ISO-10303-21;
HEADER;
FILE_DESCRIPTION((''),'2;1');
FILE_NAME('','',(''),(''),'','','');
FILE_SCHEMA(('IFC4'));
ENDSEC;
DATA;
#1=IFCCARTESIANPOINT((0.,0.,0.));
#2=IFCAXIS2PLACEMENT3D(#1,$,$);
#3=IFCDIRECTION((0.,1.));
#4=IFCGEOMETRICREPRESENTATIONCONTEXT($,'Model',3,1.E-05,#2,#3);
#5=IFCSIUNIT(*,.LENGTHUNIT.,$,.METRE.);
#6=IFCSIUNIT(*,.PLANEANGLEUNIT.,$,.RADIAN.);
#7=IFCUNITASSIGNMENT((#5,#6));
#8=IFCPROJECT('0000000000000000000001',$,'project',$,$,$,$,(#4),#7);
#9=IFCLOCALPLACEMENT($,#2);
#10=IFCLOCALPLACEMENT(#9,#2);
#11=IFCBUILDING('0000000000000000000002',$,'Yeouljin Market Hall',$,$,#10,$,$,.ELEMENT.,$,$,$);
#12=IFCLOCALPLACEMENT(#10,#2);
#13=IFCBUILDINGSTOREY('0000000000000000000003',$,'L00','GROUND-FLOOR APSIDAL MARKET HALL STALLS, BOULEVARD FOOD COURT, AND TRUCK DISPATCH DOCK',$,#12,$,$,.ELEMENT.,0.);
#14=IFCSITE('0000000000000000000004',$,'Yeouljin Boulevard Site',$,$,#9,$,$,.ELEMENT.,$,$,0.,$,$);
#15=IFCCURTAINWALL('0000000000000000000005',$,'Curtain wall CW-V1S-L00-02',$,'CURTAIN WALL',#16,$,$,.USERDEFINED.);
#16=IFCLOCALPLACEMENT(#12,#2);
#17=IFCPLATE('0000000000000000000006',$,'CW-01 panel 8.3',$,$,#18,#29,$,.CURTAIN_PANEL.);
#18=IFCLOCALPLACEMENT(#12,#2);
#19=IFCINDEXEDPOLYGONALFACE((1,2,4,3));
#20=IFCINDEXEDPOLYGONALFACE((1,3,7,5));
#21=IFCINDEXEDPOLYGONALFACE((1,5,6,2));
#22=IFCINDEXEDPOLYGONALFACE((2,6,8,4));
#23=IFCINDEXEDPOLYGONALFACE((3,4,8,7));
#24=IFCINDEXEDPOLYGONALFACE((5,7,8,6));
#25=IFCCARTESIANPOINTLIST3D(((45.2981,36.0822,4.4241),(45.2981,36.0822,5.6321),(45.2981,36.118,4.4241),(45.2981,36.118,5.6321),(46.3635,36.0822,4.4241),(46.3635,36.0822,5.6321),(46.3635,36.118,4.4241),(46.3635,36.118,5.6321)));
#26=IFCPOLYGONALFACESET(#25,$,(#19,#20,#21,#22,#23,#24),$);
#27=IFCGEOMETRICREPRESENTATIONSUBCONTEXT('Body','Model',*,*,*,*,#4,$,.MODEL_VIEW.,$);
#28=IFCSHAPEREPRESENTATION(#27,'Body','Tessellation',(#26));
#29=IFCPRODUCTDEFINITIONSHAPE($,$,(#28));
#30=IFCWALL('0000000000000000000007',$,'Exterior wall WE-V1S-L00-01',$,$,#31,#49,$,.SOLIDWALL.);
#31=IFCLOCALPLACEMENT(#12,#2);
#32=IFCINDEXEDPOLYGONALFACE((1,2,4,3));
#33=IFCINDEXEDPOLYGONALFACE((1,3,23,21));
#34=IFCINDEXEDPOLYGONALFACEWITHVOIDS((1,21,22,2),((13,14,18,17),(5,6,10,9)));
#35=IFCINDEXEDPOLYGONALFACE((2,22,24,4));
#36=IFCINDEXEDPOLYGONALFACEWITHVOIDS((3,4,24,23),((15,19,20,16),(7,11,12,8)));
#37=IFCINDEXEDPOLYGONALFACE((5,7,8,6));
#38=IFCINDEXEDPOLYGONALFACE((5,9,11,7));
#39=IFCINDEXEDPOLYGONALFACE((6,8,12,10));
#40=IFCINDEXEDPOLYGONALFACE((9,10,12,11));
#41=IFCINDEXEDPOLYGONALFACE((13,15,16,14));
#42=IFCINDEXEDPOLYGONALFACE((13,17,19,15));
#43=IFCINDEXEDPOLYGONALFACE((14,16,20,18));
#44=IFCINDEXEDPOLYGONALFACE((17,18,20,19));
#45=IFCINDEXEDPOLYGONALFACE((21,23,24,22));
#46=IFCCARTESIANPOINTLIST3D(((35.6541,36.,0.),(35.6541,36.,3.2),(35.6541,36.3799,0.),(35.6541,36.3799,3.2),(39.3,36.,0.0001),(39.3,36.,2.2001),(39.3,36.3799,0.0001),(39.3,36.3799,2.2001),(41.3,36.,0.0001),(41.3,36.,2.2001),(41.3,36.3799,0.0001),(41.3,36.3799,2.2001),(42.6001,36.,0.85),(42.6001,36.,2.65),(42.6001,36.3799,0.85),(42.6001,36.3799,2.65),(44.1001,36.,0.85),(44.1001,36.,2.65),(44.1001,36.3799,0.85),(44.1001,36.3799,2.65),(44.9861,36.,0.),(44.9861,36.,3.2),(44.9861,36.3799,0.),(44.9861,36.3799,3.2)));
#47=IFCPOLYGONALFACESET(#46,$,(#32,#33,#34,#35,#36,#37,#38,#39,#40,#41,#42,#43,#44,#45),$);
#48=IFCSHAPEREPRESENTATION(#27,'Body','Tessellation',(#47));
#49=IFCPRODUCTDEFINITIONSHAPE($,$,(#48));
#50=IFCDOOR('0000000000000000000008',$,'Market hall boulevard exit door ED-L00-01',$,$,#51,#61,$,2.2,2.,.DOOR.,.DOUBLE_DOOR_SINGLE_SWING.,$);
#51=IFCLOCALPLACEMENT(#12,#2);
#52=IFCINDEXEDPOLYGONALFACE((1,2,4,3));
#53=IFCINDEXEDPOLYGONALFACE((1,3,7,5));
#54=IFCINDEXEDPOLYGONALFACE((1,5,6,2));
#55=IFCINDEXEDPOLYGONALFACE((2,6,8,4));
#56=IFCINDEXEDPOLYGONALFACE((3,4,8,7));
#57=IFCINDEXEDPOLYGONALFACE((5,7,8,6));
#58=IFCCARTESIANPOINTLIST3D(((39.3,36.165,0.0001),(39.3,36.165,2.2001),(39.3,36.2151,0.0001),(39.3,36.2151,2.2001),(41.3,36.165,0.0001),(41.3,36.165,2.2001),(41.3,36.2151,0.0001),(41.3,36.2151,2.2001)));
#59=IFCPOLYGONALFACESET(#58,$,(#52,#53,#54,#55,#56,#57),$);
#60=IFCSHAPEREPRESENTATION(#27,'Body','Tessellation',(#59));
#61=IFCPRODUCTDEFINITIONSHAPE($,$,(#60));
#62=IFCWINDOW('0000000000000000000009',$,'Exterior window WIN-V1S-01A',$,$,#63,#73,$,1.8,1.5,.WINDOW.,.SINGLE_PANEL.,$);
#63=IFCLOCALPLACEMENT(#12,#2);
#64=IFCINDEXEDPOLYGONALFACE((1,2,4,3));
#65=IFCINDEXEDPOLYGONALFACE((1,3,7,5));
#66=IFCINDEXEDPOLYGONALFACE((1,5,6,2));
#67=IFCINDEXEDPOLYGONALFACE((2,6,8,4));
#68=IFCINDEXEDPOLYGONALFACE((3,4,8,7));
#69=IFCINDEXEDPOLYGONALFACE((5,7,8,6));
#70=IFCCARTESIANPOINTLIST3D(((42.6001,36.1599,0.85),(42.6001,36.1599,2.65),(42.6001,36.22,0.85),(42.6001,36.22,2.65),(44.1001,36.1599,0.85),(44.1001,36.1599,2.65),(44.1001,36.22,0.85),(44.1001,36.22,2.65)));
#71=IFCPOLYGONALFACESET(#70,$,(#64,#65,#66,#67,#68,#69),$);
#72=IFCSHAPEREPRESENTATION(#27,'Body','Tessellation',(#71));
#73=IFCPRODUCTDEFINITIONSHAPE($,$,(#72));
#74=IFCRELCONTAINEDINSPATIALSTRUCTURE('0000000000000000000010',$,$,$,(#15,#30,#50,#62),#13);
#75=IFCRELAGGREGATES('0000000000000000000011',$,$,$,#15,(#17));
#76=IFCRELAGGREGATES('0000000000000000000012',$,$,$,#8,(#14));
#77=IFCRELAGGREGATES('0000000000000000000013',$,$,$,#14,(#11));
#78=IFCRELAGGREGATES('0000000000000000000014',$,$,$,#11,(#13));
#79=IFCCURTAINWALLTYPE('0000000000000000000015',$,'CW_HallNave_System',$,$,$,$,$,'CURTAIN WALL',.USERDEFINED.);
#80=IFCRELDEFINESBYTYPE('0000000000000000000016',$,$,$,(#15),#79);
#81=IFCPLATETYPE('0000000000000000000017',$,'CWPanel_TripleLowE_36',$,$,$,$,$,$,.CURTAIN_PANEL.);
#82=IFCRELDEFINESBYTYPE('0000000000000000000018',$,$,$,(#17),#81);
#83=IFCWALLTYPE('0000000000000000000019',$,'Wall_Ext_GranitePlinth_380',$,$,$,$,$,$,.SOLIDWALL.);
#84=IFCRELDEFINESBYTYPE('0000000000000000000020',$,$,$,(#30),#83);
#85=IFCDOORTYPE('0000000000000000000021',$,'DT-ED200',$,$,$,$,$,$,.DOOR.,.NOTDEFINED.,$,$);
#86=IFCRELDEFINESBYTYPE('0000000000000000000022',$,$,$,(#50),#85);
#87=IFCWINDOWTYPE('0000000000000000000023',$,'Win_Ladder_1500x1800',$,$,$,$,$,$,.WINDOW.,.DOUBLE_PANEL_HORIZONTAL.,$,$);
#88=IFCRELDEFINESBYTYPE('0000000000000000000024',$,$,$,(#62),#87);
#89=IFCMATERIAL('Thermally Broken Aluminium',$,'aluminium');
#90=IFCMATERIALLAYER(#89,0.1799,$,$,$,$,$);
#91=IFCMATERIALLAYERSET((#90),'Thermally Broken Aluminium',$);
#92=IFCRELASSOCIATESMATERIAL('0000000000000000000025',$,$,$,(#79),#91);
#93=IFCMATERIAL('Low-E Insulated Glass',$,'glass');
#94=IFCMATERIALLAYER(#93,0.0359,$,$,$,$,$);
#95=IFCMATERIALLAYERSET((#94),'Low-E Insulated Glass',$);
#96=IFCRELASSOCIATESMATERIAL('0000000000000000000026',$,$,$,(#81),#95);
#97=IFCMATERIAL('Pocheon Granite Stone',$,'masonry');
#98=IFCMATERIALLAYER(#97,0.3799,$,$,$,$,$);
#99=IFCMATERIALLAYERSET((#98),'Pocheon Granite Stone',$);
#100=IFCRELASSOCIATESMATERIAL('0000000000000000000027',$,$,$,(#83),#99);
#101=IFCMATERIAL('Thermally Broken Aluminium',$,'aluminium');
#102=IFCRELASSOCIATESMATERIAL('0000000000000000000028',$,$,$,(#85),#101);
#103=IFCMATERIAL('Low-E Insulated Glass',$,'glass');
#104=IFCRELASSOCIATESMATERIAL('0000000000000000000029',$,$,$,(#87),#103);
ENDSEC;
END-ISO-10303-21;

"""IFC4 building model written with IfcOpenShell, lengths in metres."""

from ifc_helpers import new_model, si_unit, direction, frame, frame_2d, origin, origin_2d, place, context, subcontext, project, spatial, rectangle, extrude, material, layer, layer_set, type_object, element, fill, aggregate, save


model = new_model("IFC4")

# Units and contexts
model_context = context("Model", 3, precision=1e-05, world=origin(), true_north=direction((0.0, 1.0)))
body_context = subcontext(model_context, "Body", "Model", "MODEL_VIEW")
ifc_project = project(units=[si_unit("LENGTHUNIT", "METRE"), si_unit("PLANEANGLEUNIT", "RADIAN")], contexts=[model_context])

# Site, building, storey
site_placement = place(None, origin())
site = spatial("IfcSite", under=ifc_project, at=site_placement, Name="Yeouljin Boulevard Site", CompositionType="ELEMENT", RefElevation=0.0)
building_placement = place(site_placement, origin())
building = spatial("IfcBuilding", under=site, at=building_placement, Name="Yeouljin Market Hall", CompositionType="ELEMENT")
storey_placement = place(building_placement, origin())
storey = spatial("IfcBuildingStorey", under=building, at=storey_placement, Name="L00", Description="GROUND-FLOOR APSIDAL MARKET HALL STALLS, BOULEVARD FOOD COURT, AND TRUCK DISPATCH DOCK", CompositionType="ELEMENT", Elevation=0.0)

# Shared definitions
ifc_material_1 = material(Name="Thermally Broken Aluminium", Category="aluminium")
ifc_layer_1 = layer(ifc_material_1, 0.1799)
ifc_layer_set_1 = layer_set([ifc_layer_1], Name="Thermally Broken Aluminium")
curtain_wall_type = type_object("IfcCurtainWallType", Name="CW_HallNave_System", ElementType="CURTAIN WALL", PredefinedType="USERDEFINED", material=ifc_layer_set_1)

# Curtain wall
curtain_wall_1_placement = place(storey_placement, origin())
curtain_wall_1 = element("IfcCurtainWall", 1, at=curtain_wall_1_placement, inside=storey, type_object=curtain_wall_type, Name="Curtain wall CW-V1S-L00-02", ObjectType="CURTAIN WALL", PredefinedType="USERDEFINED")

# Plate
ifc_material_2 = material(Name="Low-E Insulated Glass", Category="glass")
ifc_layer_2 = layer(ifc_material_2, 0.0359)
ifc_layer_set_2 = layer_set([ifc_layer_2], Name="Low-E Insulated Glass")
plate_type = type_object("IfcPlateType", Name="CWPanel_TripleLowE_36", PredefinedType="CURTAIN_PANEL", material=ifc_layer_set_2)
plate_1_placement = place(storey_placement, frame((45.8308, 36.1001, 4.4241), z_axis=(0.0, 0.0, 1.0), x_axis=(-1.0, 0.0, 0.0)))
plate_1 = element("IfcPlate", 2, at=plate_1_placement, type_object=plate_type, Name="CW-01 panel 8.3", PredefinedType="CURTAIN_PANEL", context=body_context, shape_type="SweptSolid", body=[
    extrude(rectangle(XDim=1.0654, YDim=0.0359, at=origin_2d()), origin(), (0.0, 0.0, 1.0), 1.208),
])
aggregate(curtain_wall_1, [plate_1])

# Wall, openings, door, window
ifc_material_3 = material(Name="Pocheon Granite Stone", Category="masonry")
ifc_layer_3 = layer(ifc_material_3, 0.3799)
ifc_layer_set_3 = layer_set([ifc_layer_3], Name="Pocheon Granite Stone")
wall_type = type_object("IfcWallType", Name="Wall_Ext_GranitePlinth_380", PredefinedType="SOLIDWALL", material=ifc_layer_set_3)
wall_placement = place(storey_placement, frame((44.9861, 36.1899, 0.0), z_axis=(0.0, 0.0, 1.0), x_axis=(-1.0, 0.0, 0.0)))
wall = element("IfcWall", 3, at=wall_placement, inside=storey, type_object=wall_type, Name="Exterior wall WE-V1S-L00-01", PredefinedType="SOLIDWALL", context=body_context, shape_type="SweptSolid", body=[
    extrude(rectangle(XDim=9.332, YDim=0.3799, at=frame_2d((4.666, 0.0))), origin(), (0.0, 0.0, 1.0), 3.2),
])
opening_1_placement = place(wall_placement, frame((3.686, 0.0, 0.0)))
opening_1 = element("IfcOpeningElement", 4, at=opening_1_placement, cuts=wall, PredefinedType="OPENING", context=body_context, shape_type="SweptSolid", body=[
    extrude(rectangle(XDim=2.0, YDim=2.2, at=frame_2d((1.0, 1.1001))), frame((0.0, 0.2, 0.0), z_axis=(0.0, -1.0, 0.0), x_axis=(1.0, 0.0, 0.0)), (0.0, 0.0, 1.0), 0.3999),
])
opening_2_placement = place(wall_placement, frame((0.886, 0.0, 0.8501)))
opening_2 = element("IfcOpeningElement", 5, at=opening_2_placement, cuts=wall, PredefinedType="OPENING", context=body_context, shape_type="SweptSolid", body=[
    extrude(rectangle(XDim=1.5, YDim=1.8, at=frame_2d((0.75, 0.8999))), frame((0.0, 0.2, 0.0), z_axis=(0.0, -1.0, 0.0), x_axis=(1.0, 0.0, 0.0)), (0.0, 0.0, 1.0), 0.3999),
])
ifc_material_4 = material(Name="Thermally Broken Aluminium", Category="aluminium")
door_type = type_object("IfcDoorType", Name="DT-ED200", OperationType="NOTDEFINED", PredefinedType="DOOR", material=ifc_material_4)
door_placement = place(opening_1_placement, origin())
door = element("IfcDoor", 6, at=door_placement, inside=storey, type_object=door_type, Name="Market hall boulevard exit door ED-L00-01", OperationType="DOUBLE_DOOR_SINGLE_SWING", OverallHeight=2.2, OverallWidth=2.0, PredefinedType="DOOR", context=body_context, shape_type="SweptSolid", body=[
    extrude(rectangle(XDim=2.0, YDim=2.2, at=frame_2d((1.0, 1.1001))), frame((0.0, 0.0249, 0.0), z_axis=(0.0, -1.0, 0.0), x_axis=(1.0, 0.0, 0.0)), (0.0, 0.0, 1.0), 0.05),
])
fill(opening_1, door)
ifc_material_5 = material(Name="Low-E Insulated Glass", Category="glass")
window_type = type_object("IfcWindowType", Name="Win_Ladder_1500x1800", PartitioningType="DOUBLE_PANEL_HORIZONTAL", PredefinedType="WINDOW", material=ifc_material_5)
window_placement = place(opening_2_placement, origin())
window = element("IfcWindow", 7, at=window_placement, inside=storey, type_object=window_type, Name="Exterior window WIN-V1S-01A", OverallHeight=1.8, OverallWidth=1.5, PartitioningType="SINGLE_PANEL", PredefinedType="WINDOW", context=body_context, shape_type="SweptSolid", body=[
    extrude(rectangle(XDim=1.5, YDim=1.8, at=frame_2d((0.75, 0.8999))), frame((0.0, 0.03, 0.0), z_axis=(0.0, -1.0, 0.0), x_axis=(1.0, 0.0, 0.0)), (0.0, 0.0, 1.0), 0.0601),
])
fill(opening_2, window)

save(model, "model.ifc")
